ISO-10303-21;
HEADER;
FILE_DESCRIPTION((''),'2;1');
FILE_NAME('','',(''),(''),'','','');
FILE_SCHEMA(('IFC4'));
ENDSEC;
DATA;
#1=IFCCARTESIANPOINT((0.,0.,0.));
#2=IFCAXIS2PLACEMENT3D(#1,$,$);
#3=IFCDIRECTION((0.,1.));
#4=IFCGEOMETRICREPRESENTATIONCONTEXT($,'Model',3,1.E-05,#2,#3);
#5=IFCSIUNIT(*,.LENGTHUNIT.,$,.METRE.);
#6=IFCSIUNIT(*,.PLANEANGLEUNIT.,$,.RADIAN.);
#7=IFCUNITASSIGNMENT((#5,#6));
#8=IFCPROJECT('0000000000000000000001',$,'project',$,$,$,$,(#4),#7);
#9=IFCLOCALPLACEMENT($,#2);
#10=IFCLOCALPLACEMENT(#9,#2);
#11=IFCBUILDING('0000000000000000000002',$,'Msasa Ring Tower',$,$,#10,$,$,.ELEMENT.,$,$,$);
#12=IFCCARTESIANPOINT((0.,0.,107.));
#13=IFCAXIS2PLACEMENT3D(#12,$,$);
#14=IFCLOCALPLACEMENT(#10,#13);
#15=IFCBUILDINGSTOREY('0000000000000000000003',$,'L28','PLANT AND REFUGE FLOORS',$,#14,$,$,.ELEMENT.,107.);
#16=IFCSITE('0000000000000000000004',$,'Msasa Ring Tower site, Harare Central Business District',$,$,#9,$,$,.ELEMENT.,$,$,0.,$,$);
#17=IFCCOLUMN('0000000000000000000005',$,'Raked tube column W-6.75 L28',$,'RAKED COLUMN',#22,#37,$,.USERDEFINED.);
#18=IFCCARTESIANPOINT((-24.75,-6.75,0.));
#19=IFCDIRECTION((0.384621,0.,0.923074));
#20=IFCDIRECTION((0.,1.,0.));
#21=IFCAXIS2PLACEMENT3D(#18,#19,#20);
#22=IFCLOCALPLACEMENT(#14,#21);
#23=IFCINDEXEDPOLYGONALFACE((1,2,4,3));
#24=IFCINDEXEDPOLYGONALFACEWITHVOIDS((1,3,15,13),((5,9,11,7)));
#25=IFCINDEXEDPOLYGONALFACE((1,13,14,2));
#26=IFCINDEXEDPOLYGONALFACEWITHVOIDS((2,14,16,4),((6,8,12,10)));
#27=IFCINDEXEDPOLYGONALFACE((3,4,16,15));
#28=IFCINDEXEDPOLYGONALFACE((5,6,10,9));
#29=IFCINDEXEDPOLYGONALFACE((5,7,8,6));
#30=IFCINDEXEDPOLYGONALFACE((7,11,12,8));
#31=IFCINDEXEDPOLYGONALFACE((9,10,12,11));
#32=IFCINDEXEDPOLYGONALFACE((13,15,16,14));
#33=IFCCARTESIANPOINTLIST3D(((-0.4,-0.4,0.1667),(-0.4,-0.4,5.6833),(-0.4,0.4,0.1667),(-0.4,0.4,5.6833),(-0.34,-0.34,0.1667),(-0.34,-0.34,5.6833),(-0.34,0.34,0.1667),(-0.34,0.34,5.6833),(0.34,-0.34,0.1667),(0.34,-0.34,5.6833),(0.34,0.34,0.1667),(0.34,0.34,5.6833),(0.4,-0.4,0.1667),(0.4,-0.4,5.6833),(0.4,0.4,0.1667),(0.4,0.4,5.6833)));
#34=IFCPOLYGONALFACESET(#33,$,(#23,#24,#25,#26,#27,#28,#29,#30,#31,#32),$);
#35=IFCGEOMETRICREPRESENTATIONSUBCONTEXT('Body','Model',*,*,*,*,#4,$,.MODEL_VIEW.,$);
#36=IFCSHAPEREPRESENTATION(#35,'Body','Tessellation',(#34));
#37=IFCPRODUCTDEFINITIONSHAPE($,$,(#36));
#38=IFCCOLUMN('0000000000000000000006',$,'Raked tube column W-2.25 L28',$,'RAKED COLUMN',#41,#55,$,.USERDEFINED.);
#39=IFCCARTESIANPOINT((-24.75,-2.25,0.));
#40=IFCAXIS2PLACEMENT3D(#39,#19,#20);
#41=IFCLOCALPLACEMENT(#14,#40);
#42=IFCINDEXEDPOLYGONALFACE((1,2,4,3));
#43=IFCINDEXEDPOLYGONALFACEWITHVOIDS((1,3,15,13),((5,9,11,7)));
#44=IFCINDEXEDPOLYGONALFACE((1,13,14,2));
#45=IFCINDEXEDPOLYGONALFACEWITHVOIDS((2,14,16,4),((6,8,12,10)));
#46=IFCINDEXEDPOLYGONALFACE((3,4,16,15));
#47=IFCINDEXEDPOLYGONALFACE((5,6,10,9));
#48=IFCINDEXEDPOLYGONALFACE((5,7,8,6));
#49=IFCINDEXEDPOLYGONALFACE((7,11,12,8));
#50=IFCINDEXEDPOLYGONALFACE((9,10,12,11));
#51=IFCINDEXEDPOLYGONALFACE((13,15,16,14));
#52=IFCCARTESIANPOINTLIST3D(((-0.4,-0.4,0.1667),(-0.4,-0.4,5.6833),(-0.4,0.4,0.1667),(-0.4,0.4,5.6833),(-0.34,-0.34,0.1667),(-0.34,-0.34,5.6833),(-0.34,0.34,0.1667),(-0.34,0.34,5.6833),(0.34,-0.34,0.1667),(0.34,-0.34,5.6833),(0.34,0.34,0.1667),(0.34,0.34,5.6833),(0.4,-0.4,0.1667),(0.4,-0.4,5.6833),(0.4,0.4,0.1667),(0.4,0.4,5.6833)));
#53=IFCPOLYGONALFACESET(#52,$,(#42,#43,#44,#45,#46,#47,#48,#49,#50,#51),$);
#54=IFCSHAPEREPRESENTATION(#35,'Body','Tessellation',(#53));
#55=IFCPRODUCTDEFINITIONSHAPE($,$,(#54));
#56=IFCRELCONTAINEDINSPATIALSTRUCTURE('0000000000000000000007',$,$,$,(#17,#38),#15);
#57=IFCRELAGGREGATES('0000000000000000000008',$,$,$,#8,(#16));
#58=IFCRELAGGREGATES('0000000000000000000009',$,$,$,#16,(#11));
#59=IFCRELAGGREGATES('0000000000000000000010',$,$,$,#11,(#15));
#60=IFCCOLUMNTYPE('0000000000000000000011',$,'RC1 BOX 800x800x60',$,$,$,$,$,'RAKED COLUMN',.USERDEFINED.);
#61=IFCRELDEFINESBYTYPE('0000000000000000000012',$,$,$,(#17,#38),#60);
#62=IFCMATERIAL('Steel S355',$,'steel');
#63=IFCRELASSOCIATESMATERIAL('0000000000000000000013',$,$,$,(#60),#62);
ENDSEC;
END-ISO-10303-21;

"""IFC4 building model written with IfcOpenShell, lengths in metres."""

from ifc_helpers import new_model, si_unit, direction, frame, origin, origin_2d, place, context, subcontext, project, spatial, hollow_rectangle, extrude, clip, halfspace, material, material_profile, profile_set, type_object, element, save


model = new_model("IFC4")

# Units and contexts
model_context = context("Model", 3, precision=1e-05, world=origin(), true_north=direction((0.0, 1.0)))
body_context = subcontext(model_context, "Body", "Model", "MODEL_VIEW")
ifc_project = project(units=[si_unit("LENGTHUNIT", "METRE"), si_unit("PLANEANGLEUNIT", "RADIAN")], contexts=[model_context])

# Site, building, storey
site_placement = place(None, origin())
site = spatial("IfcSite", under=ifc_project, at=site_placement, Name="Msasa Ring Tower site, Harare Central Business District", CompositionType="ELEMENT", RefElevation=0.0)
building_placement = place(site_placement, origin())
building = spatial("IfcBuilding", under=site, at=building_placement, Name="Msasa Ring Tower", CompositionType="ELEMENT")
storey_placement = place(building_placement, frame((0.0, 0.0, 107.0)))
storey = spatial("IfcBuildingStorey", under=building, at=storey_placement, Name="L28", Description="PLANT AND REFUGE FLOORS", CompositionType="ELEMENT", Elevation=107.0)

# Columns
ifc_material_1 = material(Name="Steel S355", Category="steel")
ifc_material_profile_1 = material_profile(ifc_material_1, hollow_rectangle(XDim=0.8, YDim=0.8, WallThickness=0.0601, at=origin_2d()), Name="BOX 800x800x60")
ifc_profile_set_1 = profile_set([ifc_material_profile_1], Name="Steel S355")
column_type = type_object("IfcColumnType", Name="RC1 BOX 800x800x60", ElementType="RAKED COLUMN", PredefinedType="USERDEFINED", material=ifc_profile_set_1)
for number, where, z_axis, x_axis, name in (
    (1, (-24.75, -6.75, 0.0), (0.384621, 0.0, 0.923074), (0.0, 1.0, 0.0), "Raked tube column W-6.75 L28"),
    (2, (-24.75, -2.25, 0.0), (0.384621, 0.0, 0.923074), (0.0, 1.0, 0.0), "Raked tube column W-2.25 L28"),
):
    element("IfcColumn", number, at=place(storey_placement, frame(where, z_axis=z_axis, x_axis=x_axis)), inside=storey, type_object=column_type, Name=name, ObjectType="RAKED COLUMN", PredefinedType="USERDEFINED", context=body_context, shape_type="Clipping", body=[
        clip(clip(extrude(hollow_rectangle(XDim=0.8, YDim=0.8, WallThickness=0.0601, at=origin_2d()), origin(), (0.0, 0.0, 1.0), 5.8499), halfspace(frame((0.0, 0.0, 0.1667), z_axis=(0.0, 0.0, 1.0)), True)), halfspace(frame((0.0, 0.0, 5.6833), z_axis=(0.0, 0.0, -1.0)), True)),
    ])

save(model, "model.ifc")
